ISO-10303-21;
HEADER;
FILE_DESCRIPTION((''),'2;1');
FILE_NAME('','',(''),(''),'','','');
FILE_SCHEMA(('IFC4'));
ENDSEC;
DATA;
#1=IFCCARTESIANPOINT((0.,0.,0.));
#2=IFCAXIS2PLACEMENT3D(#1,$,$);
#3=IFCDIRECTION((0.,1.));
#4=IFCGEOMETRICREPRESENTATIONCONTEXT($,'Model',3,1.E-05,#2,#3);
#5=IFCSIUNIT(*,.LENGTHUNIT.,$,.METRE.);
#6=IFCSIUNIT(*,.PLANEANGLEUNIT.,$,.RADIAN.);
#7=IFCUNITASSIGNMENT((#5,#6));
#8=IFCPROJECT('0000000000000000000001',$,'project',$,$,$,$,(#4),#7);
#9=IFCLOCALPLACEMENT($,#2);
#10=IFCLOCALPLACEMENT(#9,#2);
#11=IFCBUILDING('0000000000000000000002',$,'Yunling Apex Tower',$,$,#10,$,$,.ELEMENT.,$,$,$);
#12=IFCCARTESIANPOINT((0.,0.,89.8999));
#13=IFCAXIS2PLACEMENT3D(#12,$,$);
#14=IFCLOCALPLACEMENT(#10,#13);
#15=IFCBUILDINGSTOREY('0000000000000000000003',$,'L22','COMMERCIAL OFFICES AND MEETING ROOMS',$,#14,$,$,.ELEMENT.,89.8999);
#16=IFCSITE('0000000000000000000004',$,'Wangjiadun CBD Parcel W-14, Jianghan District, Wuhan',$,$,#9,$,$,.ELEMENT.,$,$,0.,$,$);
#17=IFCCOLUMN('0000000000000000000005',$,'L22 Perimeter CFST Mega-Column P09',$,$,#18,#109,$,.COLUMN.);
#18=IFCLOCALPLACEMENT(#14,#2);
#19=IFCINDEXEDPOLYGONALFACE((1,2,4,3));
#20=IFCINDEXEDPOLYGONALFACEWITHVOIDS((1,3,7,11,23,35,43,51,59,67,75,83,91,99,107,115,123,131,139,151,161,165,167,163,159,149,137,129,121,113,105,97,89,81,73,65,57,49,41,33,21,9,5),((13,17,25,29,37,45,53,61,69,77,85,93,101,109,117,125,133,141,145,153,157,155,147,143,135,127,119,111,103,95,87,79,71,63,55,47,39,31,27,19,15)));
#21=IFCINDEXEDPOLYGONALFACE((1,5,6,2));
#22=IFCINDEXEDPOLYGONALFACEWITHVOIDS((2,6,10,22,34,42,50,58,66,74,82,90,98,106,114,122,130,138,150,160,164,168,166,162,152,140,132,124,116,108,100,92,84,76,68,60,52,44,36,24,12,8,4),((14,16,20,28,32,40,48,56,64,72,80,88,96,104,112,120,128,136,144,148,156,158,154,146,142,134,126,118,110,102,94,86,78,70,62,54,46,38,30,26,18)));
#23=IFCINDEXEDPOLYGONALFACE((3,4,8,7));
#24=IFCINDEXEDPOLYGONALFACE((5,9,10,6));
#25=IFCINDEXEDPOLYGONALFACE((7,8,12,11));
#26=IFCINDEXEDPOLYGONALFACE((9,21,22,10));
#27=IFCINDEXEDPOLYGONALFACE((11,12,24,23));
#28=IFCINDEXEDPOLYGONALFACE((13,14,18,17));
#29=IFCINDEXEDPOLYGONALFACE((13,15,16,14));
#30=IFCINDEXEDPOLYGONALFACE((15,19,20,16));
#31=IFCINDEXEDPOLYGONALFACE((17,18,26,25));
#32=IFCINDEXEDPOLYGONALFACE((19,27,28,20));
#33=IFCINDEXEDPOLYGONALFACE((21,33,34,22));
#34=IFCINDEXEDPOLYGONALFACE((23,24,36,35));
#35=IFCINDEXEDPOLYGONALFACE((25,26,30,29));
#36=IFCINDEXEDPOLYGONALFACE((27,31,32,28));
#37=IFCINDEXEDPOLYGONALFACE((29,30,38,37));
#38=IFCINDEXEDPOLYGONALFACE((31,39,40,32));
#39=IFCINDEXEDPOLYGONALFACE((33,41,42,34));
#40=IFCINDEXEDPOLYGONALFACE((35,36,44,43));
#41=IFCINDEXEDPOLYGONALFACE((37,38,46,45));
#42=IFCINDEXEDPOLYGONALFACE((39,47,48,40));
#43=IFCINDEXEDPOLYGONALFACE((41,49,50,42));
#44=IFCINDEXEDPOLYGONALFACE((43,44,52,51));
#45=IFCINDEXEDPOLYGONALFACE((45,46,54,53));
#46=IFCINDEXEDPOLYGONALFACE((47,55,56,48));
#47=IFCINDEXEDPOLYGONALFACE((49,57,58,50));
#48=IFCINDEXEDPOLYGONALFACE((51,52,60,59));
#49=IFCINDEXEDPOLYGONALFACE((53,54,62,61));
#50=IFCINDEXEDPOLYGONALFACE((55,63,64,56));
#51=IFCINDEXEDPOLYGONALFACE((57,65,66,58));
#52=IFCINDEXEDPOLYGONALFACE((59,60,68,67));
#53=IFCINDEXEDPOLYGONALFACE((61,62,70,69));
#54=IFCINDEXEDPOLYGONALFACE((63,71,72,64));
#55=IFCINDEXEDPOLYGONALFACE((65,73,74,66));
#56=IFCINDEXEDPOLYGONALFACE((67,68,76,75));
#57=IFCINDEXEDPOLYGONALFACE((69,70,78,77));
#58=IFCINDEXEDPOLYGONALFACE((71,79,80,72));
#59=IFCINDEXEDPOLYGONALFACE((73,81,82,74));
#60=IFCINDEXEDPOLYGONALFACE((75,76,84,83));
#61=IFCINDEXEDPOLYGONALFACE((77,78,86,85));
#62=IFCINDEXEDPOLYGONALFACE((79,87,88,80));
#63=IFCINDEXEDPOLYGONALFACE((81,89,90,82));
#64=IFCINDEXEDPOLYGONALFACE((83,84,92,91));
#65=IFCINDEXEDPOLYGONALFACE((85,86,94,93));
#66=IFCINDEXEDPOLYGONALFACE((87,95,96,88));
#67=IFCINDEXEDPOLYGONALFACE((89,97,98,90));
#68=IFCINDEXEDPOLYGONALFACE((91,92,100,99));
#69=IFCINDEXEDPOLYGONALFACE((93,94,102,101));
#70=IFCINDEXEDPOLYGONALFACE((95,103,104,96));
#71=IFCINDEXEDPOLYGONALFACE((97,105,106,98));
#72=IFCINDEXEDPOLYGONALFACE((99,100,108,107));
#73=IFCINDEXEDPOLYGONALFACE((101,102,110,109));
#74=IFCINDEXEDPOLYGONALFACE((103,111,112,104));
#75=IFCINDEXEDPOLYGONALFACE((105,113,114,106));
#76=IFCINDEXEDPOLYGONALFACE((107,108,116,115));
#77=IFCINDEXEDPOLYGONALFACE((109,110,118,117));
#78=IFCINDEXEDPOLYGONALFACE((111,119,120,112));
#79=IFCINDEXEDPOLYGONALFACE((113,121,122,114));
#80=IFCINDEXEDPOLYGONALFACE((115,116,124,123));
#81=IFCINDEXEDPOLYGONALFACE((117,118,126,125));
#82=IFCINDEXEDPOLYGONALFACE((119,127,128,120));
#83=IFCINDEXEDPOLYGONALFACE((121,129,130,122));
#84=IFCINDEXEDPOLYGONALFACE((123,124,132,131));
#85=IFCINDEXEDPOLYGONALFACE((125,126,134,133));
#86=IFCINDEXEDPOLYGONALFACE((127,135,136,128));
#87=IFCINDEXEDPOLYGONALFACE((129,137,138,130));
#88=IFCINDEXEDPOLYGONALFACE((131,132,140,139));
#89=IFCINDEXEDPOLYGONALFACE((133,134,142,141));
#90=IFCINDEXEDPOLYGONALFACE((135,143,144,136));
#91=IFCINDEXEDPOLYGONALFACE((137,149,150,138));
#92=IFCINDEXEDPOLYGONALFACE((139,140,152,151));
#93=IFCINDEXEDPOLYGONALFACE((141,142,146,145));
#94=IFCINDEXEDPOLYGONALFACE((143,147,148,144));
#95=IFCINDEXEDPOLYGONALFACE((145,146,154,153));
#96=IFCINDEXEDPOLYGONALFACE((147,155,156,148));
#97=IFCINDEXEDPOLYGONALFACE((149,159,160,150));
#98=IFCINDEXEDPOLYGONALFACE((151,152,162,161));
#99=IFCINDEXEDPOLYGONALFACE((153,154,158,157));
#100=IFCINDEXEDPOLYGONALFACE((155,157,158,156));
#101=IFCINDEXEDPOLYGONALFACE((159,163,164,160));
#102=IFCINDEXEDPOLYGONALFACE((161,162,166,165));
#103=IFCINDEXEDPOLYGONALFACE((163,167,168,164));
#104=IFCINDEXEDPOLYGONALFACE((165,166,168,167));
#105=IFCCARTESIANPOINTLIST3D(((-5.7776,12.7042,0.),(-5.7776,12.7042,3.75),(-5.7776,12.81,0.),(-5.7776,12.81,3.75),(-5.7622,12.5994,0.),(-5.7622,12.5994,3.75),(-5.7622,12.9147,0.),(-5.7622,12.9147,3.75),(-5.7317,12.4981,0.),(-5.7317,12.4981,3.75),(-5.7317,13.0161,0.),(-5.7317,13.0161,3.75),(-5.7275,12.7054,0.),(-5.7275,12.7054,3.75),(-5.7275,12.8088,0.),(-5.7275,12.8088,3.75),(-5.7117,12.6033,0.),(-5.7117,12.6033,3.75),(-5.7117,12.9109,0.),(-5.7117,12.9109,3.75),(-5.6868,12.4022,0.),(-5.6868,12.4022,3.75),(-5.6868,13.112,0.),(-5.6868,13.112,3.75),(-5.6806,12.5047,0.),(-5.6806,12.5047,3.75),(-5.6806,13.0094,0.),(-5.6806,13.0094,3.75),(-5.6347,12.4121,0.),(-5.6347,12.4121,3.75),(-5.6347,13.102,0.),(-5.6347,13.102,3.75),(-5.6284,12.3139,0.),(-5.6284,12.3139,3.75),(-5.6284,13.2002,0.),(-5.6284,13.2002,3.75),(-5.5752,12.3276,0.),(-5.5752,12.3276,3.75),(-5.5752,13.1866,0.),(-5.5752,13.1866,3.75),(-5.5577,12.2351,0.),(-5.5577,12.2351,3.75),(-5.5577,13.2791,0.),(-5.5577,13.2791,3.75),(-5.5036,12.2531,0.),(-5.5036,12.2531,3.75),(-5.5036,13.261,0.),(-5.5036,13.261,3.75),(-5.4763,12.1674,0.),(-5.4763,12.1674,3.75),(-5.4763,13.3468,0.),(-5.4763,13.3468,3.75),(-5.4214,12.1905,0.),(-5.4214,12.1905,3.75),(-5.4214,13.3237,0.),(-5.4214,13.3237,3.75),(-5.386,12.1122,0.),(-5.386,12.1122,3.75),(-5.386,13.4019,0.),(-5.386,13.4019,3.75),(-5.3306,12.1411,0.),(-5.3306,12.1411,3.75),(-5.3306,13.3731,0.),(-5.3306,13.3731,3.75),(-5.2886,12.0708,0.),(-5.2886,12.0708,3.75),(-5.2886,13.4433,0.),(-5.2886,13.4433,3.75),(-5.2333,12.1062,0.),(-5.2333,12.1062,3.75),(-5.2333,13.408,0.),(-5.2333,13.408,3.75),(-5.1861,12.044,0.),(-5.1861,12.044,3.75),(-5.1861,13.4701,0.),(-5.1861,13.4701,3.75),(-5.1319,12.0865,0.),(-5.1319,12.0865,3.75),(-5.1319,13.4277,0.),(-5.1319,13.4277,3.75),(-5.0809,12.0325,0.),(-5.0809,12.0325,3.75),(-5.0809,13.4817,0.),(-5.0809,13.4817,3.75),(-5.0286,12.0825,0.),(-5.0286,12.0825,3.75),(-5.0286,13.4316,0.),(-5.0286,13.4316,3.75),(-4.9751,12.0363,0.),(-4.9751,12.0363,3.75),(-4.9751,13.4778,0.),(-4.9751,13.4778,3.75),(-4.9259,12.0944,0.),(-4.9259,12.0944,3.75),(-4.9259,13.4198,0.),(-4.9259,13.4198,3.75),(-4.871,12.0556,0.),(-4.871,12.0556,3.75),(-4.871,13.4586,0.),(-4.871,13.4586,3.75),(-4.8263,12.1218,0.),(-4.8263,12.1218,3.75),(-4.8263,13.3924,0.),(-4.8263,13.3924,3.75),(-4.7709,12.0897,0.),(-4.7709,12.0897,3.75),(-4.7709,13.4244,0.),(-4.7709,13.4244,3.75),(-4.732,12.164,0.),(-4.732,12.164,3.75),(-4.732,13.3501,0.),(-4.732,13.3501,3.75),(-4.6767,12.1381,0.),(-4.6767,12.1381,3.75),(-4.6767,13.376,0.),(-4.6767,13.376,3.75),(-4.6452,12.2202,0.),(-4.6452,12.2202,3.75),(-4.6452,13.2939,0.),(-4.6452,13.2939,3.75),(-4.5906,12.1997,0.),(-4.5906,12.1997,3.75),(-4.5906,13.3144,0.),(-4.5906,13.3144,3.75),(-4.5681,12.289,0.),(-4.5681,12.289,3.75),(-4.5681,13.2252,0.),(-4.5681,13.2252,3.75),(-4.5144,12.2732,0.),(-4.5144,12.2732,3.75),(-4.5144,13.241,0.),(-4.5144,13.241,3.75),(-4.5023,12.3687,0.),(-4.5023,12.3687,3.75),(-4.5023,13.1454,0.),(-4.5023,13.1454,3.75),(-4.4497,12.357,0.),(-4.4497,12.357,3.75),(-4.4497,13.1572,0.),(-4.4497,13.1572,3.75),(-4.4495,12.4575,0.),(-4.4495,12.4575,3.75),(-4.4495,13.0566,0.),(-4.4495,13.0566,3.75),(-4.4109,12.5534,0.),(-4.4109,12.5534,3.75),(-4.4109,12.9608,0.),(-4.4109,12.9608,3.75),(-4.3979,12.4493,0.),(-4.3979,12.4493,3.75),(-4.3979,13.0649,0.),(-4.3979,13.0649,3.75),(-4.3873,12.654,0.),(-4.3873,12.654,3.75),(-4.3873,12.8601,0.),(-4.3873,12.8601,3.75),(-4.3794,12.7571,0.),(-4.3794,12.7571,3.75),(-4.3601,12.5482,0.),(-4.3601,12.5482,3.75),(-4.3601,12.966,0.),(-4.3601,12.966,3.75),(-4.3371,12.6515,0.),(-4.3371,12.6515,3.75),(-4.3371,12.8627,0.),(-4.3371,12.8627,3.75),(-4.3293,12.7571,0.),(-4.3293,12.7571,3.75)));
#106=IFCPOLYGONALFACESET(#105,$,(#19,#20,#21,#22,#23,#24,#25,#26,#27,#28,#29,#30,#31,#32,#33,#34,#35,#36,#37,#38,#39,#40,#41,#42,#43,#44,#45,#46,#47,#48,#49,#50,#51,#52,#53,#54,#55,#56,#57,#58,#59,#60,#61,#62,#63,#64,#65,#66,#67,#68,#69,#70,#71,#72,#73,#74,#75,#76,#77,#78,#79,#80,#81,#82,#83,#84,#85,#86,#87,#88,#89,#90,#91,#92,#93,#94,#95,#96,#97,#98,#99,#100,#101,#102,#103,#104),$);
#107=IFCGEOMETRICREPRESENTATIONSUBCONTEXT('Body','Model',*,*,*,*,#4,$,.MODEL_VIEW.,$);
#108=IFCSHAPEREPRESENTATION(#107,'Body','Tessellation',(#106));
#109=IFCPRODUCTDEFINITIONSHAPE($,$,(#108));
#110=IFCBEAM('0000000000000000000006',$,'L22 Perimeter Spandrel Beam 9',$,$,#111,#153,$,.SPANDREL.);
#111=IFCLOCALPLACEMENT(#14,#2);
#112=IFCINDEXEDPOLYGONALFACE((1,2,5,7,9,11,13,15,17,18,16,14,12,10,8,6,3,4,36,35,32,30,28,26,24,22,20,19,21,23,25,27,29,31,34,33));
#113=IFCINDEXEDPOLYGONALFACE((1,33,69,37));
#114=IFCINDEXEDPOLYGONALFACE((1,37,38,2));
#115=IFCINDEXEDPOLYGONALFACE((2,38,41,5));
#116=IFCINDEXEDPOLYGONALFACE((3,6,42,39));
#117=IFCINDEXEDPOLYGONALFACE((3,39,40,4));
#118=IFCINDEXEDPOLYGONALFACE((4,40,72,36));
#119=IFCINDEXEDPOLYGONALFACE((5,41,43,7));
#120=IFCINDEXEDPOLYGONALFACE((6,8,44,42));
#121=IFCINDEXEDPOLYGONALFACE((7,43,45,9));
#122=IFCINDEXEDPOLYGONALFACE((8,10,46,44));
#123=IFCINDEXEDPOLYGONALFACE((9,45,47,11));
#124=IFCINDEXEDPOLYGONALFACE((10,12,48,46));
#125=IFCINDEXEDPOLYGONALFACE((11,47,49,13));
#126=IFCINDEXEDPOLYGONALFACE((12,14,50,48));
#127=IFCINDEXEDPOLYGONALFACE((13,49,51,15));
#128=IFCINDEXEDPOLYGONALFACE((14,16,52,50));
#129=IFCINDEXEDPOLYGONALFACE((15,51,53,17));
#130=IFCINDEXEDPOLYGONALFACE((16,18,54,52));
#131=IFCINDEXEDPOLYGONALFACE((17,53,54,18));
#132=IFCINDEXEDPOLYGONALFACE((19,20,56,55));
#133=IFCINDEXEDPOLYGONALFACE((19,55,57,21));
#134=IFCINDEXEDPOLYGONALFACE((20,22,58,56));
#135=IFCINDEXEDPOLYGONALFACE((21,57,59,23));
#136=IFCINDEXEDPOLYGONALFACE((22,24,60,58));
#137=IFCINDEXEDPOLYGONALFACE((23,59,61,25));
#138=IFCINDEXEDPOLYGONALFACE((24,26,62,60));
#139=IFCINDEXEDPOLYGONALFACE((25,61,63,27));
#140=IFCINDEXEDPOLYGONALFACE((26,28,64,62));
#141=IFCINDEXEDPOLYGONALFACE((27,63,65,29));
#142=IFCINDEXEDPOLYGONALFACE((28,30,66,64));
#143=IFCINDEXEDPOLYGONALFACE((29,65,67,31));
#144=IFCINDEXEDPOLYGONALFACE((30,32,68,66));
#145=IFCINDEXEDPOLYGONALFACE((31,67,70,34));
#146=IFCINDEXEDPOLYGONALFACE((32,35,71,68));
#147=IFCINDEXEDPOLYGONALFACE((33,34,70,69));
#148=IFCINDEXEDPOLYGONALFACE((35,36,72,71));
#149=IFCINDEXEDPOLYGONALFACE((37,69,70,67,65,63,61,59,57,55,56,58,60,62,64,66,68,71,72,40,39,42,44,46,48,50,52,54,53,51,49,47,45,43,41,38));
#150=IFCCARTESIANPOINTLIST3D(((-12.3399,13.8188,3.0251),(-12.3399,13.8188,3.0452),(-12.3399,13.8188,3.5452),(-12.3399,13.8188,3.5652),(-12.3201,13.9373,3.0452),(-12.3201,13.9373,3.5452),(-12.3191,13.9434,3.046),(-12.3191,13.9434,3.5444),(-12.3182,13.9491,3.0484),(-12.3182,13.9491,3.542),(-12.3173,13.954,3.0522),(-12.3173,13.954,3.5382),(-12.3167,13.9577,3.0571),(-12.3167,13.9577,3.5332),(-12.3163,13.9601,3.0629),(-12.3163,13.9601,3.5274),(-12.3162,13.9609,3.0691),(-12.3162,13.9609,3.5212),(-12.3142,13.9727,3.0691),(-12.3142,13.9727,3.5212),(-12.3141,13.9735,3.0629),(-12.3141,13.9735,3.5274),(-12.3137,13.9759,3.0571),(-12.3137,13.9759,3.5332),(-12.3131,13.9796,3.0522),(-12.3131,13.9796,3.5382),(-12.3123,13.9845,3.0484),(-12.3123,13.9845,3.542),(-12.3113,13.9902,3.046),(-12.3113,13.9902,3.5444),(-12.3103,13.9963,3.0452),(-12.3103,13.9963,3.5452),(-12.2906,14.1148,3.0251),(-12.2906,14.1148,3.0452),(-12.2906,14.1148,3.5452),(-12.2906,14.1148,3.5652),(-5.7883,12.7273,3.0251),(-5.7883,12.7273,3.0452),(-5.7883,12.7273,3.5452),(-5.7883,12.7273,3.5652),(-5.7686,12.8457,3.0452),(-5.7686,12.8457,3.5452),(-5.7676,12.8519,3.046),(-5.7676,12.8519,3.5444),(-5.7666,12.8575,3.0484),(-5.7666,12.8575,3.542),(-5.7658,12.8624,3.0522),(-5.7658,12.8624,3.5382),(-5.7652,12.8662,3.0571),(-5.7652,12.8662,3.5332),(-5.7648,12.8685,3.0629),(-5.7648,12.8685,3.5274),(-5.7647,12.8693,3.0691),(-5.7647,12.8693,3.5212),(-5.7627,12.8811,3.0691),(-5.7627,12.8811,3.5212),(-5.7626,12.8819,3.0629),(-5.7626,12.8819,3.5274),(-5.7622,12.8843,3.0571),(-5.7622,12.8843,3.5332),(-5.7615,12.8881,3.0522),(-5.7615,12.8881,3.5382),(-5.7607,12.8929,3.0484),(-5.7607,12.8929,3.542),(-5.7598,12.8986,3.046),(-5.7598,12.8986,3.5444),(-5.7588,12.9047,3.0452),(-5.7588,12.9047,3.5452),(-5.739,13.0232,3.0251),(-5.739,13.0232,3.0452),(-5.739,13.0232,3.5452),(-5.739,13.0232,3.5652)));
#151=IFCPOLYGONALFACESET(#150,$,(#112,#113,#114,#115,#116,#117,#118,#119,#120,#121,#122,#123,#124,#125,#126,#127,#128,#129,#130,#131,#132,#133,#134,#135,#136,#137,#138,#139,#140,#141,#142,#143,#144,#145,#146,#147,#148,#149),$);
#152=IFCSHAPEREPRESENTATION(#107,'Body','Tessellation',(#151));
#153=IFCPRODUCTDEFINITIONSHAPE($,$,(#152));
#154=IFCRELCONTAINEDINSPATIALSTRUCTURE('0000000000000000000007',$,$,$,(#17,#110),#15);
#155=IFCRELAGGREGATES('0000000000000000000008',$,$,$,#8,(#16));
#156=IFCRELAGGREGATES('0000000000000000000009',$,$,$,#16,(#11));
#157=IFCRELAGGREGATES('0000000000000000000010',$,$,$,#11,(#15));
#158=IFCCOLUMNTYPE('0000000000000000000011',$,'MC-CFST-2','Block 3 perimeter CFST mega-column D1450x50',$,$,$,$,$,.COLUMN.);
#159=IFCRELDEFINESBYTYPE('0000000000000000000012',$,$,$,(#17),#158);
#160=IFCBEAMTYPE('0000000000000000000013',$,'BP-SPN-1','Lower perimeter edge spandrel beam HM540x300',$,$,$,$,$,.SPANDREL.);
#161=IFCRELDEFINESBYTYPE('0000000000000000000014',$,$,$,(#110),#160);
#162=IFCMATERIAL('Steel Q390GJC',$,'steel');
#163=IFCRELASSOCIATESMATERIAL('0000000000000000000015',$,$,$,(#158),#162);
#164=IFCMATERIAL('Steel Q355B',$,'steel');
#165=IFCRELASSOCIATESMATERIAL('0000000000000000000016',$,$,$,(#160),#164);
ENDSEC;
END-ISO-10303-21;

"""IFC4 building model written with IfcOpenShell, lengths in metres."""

from ifc_helpers import new_model, si_unit, direction, frame, origin, origin_2d, place, context, subcontext, project, spatial, hollow_circle, i_section, extrude, source, transform, mapped, material, material_profile, profile_set, type_object, element, save


model = new_model("IFC4")

# Units and contexts
model_context = context("Model", 3, precision=1e-05, world=origin(), true_north=direction((0.0, 1.0)))
body_context = subcontext(model_context, "Body", "Model", "MODEL_VIEW")
ifc_project = project(units=[si_unit("LENGTHUNIT", "METRE"), si_unit("PLANEANGLEUNIT", "RADIAN")], contexts=[model_context])

# Site, building, storey
site_placement = place(None, origin())
site = spatial("IfcSite", under=ifc_project, at=site_placement, Name="Wangjiadun CBD Parcel W-14, Jianghan District, Wuhan", CompositionType="ELEMENT", RefElevation=0.0)
building_placement = place(site_placement, origin())
building = spatial("IfcBuilding", under=site, at=building_placement, Name="Yunling Apex Tower", CompositionType="ELEMENT")
storey_placement = place(building_placement, frame((0.0, 0.0, 89.8999)))
storey = spatial("IfcBuildingStorey", under=building, at=storey_placement, Name="L22", Description="COMMERCIAL OFFICES AND MEETING ROOMS", CompositionType="ELEMENT", Elevation=89.8999)

# Column
ifc_material_1 = material(Name="Steel Q390GJC", Category="steel")
ifc_material_profile_1 = material_profile(ifc_material_1, hollow_circle(Radius=0.7251, WallThickness=0.05, at=origin_2d()))
ifc_profile_set_1 = profile_set([ifc_material_profile_1], Name="Steel Q390GJC")
column_type = type_object("IfcColumnType", Name="MC-CFST-2", Description="Block 3 perimeter CFST mega-column D1450x50", PredefinedType="COLUMN", material=ifc_profile_set_1)
shared_shape_1 = source(origin(), body_context, "Body", "SweptSolid", [
    extrude(hollow_circle(Radius=0.7251, WallThickness=0.05, at=origin_2d()), origin(), (0.0, 0.0, 1.0), 3.75),
])
column_placement = place(storey_placement, frame((-5.0544, 12.7571, 0.0), z_axis=(0.0, 0.0, 1.0), x_axis=(1.0, 0.0, 0.0)))
element("IfcColumn", 1, at=column_placement, inside=storey, type_object=column_type, Name="L22 Perimeter CFST Mega-Column P09", PredefinedType="COLUMN", context=body_context, shape_type="MappedRepresentation", body=[
    mapped(shared_shape_1, transform((0.0, 0.0, 0.0), scale=1.0)),
])

# Beam
ifc_material_2 = material(Name="Steel Q355B", Category="steel")
ifc_material_profile_2 = material_profile(ifc_material_2, i_section(OverallWidth=0.3, OverallDepth=0.54, WebThickness=0.012, FlangeThickness=0.02, FilletRadius=0.0239, at=origin_2d()))
ifc_profile_set_2 = profile_set([ifc_material_profile_2], Name="Steel Q355B")
beam_type_1 = type_object("IfcBeamType", Name="BP-SPN-1", Description="Lower perimeter edge spandrel beam HM540x300", PredefinedType="SPANDREL", material=ifc_profile_set_2)
shared_shape_2 = source(origin(), body_context, "Body", "SweptSolid", [
    extrude(i_section(OverallWidth=0.3, OverallDepth=0.54, WebThickness=0.012, FlangeThickness=0.02, FilletRadius=0.0239, at=origin_2d()), origin(), (0.0, 0.0, 1.0), 6.6418),
])
beam_1_placement = place(storey_placement, frame((-5.7637, 12.8752, 3.2952), z_axis=(-0.986403, 0.164345, 0.0), x_axis=(-0.164345, -0.986403, 0.0)))
element("IfcBeam", 2, at=beam_1_placement, inside=storey, type_object=beam_type_1, Name="L22 Perimeter Spandrel Beam 9", PredefinedType="SPANDREL", context=body_context, shape_type="MappedRepresentation", body=[
    mapped(shared_shape_2, transform((0.0, 0.0, 0.0), scale=1.0)),
])

save(model, "model.ifc")
